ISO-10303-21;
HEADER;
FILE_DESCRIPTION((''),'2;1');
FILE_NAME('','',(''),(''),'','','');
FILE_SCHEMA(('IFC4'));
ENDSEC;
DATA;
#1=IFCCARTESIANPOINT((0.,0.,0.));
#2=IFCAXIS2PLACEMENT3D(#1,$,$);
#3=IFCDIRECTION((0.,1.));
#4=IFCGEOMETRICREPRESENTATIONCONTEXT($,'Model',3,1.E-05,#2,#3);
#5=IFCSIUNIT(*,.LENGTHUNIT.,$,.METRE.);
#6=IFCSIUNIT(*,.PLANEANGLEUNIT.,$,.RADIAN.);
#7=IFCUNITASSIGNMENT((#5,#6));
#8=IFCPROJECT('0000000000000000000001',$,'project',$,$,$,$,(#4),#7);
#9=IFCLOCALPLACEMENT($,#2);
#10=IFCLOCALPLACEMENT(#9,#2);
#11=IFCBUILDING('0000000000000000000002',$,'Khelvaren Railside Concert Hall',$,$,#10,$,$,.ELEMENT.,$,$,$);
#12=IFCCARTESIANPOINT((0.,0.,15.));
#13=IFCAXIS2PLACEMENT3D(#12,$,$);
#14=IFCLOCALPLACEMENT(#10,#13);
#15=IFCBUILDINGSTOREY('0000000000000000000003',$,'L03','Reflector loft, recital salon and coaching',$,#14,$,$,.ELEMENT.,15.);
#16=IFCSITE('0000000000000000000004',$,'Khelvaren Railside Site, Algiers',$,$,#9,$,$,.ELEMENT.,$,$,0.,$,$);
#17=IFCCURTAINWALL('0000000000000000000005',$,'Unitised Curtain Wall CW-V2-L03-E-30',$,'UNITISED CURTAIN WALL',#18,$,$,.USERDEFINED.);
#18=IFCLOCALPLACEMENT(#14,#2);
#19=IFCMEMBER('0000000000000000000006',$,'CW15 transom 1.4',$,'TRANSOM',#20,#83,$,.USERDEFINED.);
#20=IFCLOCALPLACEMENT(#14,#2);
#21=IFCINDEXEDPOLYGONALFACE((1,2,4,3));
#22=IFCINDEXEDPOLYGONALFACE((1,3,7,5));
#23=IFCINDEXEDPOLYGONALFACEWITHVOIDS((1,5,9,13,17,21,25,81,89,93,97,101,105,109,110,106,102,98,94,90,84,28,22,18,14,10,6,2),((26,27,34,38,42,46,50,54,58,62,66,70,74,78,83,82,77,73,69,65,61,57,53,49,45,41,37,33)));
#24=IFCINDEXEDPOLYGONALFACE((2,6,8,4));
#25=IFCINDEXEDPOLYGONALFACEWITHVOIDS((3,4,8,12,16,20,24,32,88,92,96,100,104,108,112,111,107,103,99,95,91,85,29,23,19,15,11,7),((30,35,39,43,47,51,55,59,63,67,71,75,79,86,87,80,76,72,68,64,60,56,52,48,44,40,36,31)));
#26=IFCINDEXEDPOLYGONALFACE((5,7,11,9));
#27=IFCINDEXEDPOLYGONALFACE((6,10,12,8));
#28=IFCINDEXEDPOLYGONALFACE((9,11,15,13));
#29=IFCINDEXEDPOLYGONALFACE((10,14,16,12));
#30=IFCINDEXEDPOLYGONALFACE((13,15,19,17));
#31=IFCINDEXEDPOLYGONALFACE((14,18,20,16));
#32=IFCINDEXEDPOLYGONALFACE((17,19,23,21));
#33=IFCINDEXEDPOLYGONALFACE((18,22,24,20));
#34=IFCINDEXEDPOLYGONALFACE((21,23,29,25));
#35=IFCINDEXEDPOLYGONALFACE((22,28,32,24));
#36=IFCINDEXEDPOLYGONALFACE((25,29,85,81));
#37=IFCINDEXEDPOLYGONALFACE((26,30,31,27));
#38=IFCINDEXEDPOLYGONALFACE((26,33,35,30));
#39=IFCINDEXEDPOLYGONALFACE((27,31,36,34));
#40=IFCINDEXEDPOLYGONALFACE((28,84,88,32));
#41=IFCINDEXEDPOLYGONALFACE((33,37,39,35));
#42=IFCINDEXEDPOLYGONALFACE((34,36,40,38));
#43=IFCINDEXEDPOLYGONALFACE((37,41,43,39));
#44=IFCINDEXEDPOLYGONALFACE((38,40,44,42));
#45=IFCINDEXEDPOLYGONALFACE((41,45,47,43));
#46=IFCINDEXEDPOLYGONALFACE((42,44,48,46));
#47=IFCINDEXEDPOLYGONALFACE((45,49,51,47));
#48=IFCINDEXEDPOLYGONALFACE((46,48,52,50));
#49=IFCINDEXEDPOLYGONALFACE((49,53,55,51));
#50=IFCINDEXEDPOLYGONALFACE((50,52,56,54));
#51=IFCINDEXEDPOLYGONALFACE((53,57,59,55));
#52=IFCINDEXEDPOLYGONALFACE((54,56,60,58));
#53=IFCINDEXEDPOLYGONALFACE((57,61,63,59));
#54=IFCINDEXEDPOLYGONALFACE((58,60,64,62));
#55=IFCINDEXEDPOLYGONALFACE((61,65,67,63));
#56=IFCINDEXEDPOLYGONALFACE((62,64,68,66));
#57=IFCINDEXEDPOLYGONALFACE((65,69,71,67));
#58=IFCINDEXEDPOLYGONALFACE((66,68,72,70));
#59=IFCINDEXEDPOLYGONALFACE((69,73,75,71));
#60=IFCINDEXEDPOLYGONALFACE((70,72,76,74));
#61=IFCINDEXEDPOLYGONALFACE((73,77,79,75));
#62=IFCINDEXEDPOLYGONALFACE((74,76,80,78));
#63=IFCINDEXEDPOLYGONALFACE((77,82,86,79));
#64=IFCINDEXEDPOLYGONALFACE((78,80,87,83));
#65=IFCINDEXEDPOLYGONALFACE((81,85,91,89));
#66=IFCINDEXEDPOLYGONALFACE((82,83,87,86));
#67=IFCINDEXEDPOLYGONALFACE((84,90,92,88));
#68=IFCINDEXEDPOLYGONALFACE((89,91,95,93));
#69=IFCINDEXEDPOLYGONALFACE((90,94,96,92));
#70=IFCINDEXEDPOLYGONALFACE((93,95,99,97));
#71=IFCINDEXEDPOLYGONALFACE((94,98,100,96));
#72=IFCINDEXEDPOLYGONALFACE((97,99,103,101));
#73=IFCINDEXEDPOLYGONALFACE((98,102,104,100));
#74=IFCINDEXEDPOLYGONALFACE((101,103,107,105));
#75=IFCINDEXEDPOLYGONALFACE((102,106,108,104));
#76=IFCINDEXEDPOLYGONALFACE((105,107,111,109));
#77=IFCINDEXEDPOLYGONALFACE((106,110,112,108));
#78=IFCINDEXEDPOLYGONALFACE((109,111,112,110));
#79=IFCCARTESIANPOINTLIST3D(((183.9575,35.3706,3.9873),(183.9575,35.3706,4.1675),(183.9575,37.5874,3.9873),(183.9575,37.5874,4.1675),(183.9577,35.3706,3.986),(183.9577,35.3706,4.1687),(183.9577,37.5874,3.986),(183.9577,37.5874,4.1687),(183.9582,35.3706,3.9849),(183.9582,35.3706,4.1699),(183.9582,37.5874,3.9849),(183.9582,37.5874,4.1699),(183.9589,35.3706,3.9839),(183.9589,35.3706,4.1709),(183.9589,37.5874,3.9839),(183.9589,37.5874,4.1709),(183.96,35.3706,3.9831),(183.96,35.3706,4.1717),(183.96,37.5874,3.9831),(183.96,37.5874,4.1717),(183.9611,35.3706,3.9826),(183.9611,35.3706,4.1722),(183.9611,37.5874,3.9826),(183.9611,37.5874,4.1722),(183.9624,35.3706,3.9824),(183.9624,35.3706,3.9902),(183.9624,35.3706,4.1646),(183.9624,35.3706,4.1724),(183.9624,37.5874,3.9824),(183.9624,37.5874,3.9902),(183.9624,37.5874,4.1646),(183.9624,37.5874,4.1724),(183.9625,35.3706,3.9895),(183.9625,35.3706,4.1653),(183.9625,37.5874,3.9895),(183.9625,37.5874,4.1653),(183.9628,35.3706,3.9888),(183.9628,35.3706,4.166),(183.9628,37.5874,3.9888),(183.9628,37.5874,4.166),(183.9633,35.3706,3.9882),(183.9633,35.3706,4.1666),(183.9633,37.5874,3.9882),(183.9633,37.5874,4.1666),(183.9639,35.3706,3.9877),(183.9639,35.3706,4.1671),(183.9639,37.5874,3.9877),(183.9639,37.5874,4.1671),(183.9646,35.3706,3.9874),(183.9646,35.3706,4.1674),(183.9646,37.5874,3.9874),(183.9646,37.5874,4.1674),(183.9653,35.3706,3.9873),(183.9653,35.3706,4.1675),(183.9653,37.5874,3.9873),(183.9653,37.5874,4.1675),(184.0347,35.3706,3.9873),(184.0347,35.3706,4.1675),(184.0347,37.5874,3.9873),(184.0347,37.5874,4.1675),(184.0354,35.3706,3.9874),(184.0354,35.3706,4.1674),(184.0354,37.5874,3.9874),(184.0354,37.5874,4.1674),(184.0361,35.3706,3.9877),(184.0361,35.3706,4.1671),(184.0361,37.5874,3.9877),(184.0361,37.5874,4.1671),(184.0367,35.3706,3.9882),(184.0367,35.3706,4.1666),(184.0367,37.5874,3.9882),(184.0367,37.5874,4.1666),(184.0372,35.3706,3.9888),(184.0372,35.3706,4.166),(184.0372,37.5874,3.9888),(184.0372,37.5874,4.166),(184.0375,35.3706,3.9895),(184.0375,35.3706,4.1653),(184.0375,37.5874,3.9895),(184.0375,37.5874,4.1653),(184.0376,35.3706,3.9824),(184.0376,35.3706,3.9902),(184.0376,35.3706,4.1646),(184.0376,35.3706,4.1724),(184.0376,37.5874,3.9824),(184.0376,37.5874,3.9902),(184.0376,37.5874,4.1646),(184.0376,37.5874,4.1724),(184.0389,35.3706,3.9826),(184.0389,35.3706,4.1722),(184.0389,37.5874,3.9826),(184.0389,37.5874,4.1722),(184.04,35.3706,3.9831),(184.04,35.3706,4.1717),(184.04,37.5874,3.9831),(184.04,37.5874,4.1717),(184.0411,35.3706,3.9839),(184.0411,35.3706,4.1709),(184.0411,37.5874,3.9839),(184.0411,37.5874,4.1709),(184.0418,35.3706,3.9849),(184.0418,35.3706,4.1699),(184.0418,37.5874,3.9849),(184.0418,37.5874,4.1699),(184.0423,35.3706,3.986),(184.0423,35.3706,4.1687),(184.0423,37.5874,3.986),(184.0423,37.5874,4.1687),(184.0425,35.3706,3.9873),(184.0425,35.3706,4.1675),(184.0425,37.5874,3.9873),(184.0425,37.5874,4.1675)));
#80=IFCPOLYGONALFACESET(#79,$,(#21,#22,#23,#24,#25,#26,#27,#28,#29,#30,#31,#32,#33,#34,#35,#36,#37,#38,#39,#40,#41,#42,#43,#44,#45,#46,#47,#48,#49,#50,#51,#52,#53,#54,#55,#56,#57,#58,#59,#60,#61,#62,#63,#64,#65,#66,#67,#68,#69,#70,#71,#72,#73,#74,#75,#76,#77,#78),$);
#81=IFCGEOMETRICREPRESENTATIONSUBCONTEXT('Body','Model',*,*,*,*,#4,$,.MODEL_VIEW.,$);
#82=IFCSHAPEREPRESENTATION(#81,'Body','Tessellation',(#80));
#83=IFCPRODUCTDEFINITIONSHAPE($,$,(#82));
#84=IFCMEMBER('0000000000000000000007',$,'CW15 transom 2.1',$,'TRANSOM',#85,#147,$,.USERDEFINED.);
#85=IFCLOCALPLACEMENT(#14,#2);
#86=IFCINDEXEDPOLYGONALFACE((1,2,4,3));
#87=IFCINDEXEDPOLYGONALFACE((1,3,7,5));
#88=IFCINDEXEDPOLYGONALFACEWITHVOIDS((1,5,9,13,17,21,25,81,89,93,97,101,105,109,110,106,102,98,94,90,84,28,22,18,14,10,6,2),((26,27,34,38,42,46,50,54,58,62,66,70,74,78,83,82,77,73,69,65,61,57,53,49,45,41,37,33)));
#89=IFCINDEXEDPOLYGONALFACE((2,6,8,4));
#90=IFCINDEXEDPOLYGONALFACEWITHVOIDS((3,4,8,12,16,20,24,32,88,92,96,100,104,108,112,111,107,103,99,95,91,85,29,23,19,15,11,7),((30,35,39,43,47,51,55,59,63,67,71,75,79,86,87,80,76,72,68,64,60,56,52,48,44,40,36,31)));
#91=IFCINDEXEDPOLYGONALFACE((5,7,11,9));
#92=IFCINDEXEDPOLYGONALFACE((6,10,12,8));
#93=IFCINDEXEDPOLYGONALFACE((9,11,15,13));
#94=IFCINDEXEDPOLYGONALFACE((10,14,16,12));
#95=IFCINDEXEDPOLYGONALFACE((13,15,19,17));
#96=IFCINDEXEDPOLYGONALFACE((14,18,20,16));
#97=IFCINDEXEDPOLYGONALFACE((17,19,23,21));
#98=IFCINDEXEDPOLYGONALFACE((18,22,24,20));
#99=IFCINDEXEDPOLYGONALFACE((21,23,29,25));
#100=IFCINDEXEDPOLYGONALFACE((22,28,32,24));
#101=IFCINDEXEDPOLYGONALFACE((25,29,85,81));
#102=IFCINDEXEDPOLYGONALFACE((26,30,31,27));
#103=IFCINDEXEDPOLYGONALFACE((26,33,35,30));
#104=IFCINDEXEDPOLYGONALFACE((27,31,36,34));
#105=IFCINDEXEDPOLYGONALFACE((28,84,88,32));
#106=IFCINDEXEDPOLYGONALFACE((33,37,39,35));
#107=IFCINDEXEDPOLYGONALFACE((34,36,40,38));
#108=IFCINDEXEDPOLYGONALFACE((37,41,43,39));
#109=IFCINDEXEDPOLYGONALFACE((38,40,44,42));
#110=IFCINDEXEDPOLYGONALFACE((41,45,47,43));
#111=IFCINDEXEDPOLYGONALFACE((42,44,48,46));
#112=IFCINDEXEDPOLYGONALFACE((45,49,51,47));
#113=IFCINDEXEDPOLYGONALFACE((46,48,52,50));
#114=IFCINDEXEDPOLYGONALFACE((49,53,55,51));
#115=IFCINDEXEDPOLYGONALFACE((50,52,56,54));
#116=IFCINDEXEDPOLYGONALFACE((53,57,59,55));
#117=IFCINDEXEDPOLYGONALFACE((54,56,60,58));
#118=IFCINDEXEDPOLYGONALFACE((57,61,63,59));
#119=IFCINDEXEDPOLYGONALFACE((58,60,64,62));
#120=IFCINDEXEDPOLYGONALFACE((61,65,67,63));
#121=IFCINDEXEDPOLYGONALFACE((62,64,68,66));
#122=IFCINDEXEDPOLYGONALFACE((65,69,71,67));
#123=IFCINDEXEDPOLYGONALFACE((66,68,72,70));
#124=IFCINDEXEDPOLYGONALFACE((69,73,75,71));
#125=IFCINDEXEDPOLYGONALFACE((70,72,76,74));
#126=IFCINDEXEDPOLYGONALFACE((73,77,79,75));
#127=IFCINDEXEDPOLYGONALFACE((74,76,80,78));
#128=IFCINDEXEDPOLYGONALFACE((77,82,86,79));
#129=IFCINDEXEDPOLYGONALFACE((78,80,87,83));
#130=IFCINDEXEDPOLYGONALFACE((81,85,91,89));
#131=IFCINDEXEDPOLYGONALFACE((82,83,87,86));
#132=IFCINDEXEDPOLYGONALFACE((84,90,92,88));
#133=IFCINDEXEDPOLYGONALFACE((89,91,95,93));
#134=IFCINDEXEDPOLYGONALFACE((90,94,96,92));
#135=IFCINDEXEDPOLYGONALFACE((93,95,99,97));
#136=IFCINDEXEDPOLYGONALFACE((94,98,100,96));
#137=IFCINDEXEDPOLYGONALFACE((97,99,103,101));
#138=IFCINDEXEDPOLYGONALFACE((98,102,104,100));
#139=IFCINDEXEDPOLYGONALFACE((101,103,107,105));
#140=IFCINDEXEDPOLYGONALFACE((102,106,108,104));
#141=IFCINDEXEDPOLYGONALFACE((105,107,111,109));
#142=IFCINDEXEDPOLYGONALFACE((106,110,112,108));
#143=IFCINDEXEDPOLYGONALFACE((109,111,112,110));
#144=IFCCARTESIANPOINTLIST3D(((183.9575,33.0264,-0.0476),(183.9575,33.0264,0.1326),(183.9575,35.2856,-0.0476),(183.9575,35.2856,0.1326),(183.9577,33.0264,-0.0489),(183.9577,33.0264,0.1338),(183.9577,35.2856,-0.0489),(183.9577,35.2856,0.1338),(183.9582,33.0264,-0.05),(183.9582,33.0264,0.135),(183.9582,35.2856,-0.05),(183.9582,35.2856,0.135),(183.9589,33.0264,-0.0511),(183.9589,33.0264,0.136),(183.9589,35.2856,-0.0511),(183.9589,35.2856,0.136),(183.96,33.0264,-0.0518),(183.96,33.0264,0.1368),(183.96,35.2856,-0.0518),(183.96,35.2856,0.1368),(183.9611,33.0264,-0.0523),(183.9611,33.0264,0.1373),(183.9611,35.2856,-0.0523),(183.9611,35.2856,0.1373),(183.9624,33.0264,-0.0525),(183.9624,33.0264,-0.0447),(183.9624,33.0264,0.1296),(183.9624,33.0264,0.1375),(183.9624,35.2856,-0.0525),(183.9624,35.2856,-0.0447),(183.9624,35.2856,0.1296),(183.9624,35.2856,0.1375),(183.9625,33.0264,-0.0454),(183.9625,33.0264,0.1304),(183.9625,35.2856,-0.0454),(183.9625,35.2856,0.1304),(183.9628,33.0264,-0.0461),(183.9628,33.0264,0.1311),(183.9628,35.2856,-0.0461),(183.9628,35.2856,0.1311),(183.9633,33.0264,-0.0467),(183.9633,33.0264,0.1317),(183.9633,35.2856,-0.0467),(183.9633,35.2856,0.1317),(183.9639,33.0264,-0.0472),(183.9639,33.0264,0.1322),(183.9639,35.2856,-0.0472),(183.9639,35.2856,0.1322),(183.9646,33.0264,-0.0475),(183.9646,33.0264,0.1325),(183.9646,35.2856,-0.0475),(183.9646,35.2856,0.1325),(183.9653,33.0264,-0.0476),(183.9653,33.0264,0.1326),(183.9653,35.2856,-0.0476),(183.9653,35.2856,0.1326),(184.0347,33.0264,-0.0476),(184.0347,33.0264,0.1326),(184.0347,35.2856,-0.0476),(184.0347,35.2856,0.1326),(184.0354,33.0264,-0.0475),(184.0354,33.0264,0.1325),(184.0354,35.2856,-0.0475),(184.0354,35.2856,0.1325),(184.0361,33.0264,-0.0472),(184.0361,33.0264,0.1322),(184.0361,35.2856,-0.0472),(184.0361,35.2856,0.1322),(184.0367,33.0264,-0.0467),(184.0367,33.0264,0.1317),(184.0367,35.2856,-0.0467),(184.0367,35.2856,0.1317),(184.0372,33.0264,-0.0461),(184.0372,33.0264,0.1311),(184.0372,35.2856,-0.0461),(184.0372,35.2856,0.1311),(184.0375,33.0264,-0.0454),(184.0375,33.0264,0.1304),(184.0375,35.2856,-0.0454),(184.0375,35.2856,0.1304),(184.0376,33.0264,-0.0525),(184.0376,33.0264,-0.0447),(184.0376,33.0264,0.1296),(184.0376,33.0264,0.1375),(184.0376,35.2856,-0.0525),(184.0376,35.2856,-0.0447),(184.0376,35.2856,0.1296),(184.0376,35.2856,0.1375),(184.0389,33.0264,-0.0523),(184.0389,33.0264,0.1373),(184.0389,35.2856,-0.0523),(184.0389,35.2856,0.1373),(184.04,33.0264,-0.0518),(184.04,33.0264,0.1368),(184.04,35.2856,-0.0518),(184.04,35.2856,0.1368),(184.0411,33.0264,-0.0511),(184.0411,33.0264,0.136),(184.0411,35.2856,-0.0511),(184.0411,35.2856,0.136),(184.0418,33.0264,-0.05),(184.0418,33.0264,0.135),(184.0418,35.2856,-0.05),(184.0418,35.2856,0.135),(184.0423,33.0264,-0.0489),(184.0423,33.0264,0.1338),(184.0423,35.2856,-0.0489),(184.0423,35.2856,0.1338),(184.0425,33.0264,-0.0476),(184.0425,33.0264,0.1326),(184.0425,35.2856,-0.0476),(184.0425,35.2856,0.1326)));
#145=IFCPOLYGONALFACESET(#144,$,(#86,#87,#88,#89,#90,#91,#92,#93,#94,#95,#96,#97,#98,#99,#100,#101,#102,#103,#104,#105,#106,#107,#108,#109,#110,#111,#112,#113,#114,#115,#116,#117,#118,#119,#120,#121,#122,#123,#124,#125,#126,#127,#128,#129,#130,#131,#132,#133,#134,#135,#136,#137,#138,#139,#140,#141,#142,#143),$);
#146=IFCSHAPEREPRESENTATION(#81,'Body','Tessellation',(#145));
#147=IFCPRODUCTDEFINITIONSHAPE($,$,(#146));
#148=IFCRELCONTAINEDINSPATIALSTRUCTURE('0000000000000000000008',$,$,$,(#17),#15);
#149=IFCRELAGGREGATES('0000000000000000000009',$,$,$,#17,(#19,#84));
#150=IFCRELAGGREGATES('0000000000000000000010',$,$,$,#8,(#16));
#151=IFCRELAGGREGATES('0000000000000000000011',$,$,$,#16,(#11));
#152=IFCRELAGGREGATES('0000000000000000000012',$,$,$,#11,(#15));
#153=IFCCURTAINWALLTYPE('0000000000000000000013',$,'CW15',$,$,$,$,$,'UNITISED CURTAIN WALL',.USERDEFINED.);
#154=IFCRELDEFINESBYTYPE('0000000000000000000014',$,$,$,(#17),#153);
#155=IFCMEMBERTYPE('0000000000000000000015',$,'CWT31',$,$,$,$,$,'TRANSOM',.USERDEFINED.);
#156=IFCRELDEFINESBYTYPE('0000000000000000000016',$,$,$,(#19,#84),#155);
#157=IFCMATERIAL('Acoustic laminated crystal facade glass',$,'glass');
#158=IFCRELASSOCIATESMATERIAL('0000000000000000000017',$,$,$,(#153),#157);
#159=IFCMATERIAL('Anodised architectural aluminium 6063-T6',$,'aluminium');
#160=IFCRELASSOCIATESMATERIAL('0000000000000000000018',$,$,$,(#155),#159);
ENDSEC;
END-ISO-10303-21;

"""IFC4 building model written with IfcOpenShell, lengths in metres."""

from ifc_helpers import new_model, si_unit, direction, frame, origin, origin_2d, place, context, subcontext, project, spatial, hollow_rectangle, extrude, material, material_profile, profile_set, type_object, element, aggregate, save


model = new_model("IFC4")

# Units and contexts
model_context = context("Model", 3, precision=1e-05, world=origin(), true_north=direction((0.0, 1.0)))
body_context = subcontext(model_context, "Body", "Model", "MODEL_VIEW")
ifc_project = project(units=[si_unit("LENGTHUNIT", "METRE"), si_unit("PLANEANGLEUNIT", "RADIAN")], contexts=[model_context])

# Site, building, storey
site_placement = place(None, origin())
site = spatial("IfcSite", under=ifc_project, at=site_placement, Name="Khelvaren Railside Site, Algiers", CompositionType="ELEMENT", RefElevation=0.0)
building_placement = place(site_placement, origin())
building = spatial("IfcBuilding", under=site, at=building_placement, Name="Khelvaren Railside Concert Hall", CompositionType="ELEMENT")
storey_placement = place(building_placement, frame((0.0, 0.0, 15.0)))
storey = spatial("IfcBuildingStorey", under=building, at=storey_placement, Name="L03", Description="Reflector loft, recital salon and coaching", CompositionType="ELEMENT", Elevation=15.0)

# Shared definitions
ifc_material_1 = material(Name="Anodised architectural aluminium 6063-T6", Category="aluminium")

# Curtain wall, members
ifc_material_2 = material(Name="Acoustic laminated crystal facade glass", Category="glass")
curtain_wall_type_1 = type_object("IfcCurtainWallType", Name="CW15", ElementType="UNITISED CURTAIN WALL", PredefinedType="USERDEFINED", material=ifc_material_2)
curtain_wall_1_placement = place(storey_placement, origin())
curtain_wall_1 = element("IfcCurtainWall", 1, at=curtain_wall_1_placement, inside=storey, type_object=curtain_wall_type_1, Name="Unitised Curtain Wall CW-V2-L03-E-30", ObjectType="UNITISED CURTAIN WALL", PredefinedType="USERDEFINED")
ifc_material_profile_1 = material_profile(ifc_material_1, hollow_rectangle(XDim=0.085, YDim=0.1899, WallThickness=0.0049, InnerFilletRadius=0.0029, OuterFilletRadius=0.0049, at=origin_2d()), Name="CWT 85x190x5")
ifc_profile_set_1 = profile_set([ifc_material_profile_1], Name="Anodised architectural aluminium 6063-T6")
member_type_1 = type_object("IfcMemberType", Name="CWT31", ElementType="TRANSOM", PredefinedType="USERDEFINED", material=ifc_profile_set_1)
member_1_placement = place(storey_placement, frame((184.0, 37.5874, 4.0774), z_axis=(0.0, -1.0, 0.0), x_axis=(1.0, 0.0, 0.0)))
member_1 = element("IfcMember", 2, at=member_1_placement, type_object=member_type_1, Name="CW15 transom 1.4", ObjectType="TRANSOM", PredefinedType="USERDEFINED", context=body_context, shape_type="SweptSolid", body=[
    extrude(hollow_rectangle(XDim=0.085, YDim=0.1899, WallThickness=0.0049, InnerFilletRadius=0.0029, OuterFilletRadius=0.0049, at=origin_2d()), origin(), (0.0, 0.0, 1.0), 2.2168),
])
member_2_placement = place(storey_placement, frame((184.0, 35.2856, 0.0425), z_axis=(0.0, -1.0, 0.0), x_axis=(1.0, 0.0, 0.0)))
member_2 = element("IfcMember", 3, at=member_2_placement, type_object=member_type_1, Name="CW15 transom 2.1", ObjectType="TRANSOM", PredefinedType="USERDEFINED", context=body_context, shape_type="SweptSolid", body=[
    extrude(hollow_rectangle(XDim=0.085, YDim=0.1899, WallThickness=0.0049, InnerFilletRadius=0.0029, OuterFilletRadius=0.0049, at=origin_2d()), origin(), (0.0, 0.0, 1.0), 2.2593),
])

aggregate(curtain_wall_1, [member_1, member_2])

save(model, "model.ifc")
